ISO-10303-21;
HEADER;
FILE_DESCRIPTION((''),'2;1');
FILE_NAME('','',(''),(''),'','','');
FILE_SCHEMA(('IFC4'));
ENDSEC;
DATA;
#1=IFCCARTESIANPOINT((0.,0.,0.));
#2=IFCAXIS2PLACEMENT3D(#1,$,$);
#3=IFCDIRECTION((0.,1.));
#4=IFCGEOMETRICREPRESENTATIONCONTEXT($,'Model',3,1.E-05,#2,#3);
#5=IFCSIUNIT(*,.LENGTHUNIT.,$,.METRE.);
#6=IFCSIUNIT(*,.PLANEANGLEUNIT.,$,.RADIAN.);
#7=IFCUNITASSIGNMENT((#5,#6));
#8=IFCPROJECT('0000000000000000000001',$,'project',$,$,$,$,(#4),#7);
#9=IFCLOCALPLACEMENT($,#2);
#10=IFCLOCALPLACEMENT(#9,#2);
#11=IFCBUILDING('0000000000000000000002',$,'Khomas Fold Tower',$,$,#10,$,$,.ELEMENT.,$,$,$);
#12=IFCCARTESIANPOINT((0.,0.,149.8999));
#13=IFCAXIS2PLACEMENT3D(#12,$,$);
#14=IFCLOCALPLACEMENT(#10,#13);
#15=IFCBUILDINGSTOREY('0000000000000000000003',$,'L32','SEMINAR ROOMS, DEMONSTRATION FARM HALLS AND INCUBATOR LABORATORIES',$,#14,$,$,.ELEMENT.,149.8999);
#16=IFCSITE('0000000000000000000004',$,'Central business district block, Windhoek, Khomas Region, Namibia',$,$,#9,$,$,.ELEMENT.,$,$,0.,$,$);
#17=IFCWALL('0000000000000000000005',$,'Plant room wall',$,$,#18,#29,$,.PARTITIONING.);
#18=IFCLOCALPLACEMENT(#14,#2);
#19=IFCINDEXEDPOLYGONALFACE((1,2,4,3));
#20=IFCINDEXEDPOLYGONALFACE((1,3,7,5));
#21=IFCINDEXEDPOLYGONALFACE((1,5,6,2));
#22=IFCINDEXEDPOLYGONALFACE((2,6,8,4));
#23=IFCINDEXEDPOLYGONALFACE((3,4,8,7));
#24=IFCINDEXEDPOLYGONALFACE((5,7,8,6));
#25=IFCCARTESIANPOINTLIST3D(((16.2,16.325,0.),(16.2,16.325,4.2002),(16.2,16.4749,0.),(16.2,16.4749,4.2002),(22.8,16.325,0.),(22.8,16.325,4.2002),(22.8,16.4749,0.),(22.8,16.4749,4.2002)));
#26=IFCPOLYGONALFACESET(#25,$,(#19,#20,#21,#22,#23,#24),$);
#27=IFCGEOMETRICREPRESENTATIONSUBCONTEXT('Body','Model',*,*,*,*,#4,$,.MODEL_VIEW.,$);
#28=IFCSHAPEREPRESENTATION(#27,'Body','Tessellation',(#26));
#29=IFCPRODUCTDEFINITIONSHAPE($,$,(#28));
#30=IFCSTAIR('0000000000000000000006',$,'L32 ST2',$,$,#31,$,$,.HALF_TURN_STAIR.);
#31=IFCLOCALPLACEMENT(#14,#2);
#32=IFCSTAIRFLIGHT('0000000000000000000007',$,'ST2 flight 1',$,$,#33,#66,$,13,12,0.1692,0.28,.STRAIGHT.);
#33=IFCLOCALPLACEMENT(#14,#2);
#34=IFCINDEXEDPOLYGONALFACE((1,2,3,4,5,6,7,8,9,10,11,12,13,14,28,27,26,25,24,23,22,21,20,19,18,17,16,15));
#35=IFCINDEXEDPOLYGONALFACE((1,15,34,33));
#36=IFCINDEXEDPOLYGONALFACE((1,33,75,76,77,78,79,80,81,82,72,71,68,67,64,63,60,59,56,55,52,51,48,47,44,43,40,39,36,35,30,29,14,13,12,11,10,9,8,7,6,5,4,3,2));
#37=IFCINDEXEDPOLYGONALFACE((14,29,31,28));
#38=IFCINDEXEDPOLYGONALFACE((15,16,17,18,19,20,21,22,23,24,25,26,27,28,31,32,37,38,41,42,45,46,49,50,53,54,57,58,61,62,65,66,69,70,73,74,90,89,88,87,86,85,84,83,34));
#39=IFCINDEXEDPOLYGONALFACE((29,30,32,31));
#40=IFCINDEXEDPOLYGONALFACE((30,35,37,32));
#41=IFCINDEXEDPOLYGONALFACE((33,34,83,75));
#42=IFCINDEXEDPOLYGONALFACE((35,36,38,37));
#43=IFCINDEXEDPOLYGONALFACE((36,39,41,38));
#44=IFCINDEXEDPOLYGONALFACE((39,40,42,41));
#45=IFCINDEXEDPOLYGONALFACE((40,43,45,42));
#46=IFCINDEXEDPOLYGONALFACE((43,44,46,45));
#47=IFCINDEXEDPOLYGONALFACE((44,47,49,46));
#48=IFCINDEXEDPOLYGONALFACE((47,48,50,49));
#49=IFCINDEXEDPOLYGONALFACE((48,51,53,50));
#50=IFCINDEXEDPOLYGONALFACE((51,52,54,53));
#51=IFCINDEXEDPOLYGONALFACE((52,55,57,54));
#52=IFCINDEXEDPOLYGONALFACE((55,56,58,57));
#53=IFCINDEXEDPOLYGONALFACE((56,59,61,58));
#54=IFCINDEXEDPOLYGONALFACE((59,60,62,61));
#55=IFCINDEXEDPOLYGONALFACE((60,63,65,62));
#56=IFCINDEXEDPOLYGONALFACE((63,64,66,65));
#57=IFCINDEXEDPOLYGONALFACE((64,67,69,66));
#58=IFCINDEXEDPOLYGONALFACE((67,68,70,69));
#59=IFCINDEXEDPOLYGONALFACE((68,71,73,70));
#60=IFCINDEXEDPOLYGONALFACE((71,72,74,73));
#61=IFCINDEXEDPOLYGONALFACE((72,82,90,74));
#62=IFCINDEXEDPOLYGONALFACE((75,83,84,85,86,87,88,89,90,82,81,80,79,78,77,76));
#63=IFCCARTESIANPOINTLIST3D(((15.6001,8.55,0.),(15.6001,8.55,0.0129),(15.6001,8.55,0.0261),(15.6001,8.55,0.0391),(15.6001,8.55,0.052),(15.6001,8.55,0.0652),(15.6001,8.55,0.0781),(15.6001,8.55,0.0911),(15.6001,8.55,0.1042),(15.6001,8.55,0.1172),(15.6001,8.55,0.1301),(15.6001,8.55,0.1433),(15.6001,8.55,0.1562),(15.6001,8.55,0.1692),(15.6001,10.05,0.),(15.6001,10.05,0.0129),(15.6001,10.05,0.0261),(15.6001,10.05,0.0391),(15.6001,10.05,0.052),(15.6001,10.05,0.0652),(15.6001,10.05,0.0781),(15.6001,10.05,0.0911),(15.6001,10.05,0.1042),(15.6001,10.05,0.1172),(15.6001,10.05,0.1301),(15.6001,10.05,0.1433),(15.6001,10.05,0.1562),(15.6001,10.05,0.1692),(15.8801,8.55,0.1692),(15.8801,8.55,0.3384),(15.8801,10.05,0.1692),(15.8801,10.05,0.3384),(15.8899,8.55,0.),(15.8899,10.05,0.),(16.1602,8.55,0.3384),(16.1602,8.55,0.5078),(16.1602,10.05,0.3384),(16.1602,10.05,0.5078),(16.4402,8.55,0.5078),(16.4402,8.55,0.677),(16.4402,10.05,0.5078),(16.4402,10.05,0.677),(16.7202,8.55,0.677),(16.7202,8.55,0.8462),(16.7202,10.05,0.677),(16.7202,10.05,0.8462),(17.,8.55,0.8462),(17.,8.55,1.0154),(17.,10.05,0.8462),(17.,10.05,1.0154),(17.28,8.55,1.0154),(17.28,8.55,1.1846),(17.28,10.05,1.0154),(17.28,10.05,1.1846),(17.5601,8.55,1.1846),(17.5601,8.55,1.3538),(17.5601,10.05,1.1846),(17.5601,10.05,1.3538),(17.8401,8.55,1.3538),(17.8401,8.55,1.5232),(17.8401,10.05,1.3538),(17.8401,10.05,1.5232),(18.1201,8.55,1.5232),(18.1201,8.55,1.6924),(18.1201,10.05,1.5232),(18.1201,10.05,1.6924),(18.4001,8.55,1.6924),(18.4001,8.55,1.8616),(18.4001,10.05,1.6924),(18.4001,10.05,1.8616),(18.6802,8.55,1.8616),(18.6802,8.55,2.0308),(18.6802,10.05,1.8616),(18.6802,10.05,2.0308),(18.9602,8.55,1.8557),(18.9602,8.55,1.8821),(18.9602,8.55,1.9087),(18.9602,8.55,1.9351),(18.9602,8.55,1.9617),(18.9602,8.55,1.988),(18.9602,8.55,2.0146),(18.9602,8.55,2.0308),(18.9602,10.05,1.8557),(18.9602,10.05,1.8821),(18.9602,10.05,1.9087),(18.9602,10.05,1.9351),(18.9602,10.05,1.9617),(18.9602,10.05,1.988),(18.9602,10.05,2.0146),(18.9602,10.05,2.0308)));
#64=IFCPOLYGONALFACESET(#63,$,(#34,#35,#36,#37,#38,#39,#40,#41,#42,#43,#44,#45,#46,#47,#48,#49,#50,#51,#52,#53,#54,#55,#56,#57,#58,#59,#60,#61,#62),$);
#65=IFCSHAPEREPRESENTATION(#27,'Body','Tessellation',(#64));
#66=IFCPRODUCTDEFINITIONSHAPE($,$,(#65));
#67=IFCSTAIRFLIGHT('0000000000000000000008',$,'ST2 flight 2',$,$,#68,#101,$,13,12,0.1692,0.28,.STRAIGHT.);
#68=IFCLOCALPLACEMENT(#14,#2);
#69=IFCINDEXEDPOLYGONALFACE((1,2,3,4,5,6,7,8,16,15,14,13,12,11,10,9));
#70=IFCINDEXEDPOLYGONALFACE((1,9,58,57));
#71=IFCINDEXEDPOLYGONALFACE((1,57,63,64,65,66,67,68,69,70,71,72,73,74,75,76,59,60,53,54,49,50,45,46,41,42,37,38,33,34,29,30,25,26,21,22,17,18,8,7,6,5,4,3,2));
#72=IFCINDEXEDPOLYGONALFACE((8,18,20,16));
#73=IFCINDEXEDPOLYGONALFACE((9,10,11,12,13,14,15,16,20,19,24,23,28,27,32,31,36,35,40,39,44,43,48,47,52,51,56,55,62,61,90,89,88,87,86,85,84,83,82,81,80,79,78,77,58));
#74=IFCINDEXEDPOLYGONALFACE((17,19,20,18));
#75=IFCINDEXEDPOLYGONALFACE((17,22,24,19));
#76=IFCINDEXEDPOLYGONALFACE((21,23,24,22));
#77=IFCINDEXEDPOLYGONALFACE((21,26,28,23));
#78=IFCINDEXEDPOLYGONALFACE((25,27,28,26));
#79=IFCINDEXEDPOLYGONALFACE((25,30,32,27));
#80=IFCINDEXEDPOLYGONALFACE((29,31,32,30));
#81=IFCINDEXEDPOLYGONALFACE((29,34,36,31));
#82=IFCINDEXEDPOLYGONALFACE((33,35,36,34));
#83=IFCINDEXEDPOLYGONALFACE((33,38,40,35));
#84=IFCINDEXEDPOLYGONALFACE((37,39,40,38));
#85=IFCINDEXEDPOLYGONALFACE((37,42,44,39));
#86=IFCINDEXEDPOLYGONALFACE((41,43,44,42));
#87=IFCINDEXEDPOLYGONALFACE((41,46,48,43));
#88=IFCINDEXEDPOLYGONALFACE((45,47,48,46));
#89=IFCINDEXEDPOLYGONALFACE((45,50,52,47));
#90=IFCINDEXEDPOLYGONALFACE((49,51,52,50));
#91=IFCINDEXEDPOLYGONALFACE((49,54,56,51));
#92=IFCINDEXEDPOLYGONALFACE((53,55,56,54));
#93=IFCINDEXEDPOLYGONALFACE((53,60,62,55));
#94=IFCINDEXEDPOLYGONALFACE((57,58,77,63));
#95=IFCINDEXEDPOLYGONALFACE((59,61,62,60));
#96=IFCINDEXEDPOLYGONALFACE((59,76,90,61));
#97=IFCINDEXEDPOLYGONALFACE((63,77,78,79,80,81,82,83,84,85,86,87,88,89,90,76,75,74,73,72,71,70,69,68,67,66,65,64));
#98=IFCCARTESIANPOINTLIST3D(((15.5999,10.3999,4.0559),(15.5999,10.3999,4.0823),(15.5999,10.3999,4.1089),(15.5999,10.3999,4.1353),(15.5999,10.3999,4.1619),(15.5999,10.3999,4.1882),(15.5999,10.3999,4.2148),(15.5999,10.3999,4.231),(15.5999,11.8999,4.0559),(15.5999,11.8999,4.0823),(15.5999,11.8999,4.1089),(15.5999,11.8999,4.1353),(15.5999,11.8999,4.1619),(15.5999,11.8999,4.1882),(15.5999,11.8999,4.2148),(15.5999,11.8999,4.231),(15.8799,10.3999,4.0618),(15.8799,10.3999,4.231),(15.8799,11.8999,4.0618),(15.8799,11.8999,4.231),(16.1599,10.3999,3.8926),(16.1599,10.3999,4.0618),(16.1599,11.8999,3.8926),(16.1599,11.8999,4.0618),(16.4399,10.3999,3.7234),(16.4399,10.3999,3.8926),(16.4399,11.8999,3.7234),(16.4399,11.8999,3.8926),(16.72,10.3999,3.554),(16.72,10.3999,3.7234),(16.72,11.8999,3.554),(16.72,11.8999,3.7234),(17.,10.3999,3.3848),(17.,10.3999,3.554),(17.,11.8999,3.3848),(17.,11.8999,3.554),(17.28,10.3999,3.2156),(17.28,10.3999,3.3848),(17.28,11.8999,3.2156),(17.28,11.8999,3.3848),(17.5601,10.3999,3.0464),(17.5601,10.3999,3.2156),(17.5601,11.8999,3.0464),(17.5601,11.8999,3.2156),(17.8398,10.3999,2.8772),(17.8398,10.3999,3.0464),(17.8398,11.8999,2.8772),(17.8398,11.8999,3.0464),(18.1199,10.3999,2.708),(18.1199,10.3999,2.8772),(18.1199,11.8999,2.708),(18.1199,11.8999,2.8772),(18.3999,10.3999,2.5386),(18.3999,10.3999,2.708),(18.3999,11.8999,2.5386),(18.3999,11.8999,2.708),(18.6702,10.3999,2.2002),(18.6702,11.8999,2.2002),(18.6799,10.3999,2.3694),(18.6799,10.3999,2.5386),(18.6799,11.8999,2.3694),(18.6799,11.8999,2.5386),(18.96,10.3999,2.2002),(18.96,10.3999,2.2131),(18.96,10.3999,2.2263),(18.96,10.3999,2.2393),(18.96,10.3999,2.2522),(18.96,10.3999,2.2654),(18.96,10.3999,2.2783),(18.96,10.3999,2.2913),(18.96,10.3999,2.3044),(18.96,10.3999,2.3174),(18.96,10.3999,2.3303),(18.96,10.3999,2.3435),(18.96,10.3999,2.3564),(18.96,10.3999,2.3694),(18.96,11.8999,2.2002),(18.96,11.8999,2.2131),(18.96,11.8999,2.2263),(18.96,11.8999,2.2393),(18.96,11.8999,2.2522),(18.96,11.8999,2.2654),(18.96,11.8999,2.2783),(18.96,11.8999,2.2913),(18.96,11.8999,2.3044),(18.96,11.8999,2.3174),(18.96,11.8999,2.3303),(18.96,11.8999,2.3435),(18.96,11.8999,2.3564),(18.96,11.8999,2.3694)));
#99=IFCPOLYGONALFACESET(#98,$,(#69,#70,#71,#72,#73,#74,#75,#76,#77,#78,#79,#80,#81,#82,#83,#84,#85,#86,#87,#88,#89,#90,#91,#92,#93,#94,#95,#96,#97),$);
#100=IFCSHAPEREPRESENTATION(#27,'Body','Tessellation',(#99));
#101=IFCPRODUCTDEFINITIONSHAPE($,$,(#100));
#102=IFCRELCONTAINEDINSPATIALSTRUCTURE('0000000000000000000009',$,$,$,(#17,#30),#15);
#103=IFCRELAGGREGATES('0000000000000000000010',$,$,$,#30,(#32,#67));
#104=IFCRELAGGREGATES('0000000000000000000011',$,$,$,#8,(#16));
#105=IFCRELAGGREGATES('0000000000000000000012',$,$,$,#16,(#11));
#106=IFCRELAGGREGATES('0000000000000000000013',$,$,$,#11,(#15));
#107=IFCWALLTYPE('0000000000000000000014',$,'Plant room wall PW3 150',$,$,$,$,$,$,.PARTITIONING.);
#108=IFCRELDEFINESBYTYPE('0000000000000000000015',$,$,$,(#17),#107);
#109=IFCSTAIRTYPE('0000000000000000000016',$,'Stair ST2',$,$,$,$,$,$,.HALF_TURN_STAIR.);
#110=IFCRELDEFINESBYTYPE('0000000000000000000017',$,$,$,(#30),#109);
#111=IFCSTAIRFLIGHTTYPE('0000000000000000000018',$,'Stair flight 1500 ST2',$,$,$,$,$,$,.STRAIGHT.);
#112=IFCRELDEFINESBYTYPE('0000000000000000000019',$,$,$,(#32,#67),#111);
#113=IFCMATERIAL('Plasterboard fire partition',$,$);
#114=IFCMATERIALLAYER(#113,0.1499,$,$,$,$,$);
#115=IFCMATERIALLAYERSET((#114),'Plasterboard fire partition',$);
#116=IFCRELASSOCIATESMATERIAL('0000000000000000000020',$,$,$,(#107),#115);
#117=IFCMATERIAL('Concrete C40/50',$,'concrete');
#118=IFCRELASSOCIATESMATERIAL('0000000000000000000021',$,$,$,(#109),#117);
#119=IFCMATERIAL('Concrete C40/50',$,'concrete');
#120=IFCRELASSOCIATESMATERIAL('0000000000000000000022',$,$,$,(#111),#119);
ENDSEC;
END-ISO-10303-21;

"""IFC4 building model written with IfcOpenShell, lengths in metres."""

from ifc_helpers import new_model, si_unit, direction, frame, frame_2d, origin, place, context, subcontext, project, spatial, polyline, rectangle, outline, extrude, source, transform, mapped, material, layer, layer_set, type_object, element, aggregate, save


model = new_model("IFC4")

# Units and contexts
model_context = context("Model", 3, precision=1e-05, world=origin(), true_north=direction((0.0, 1.0)))
body_context = subcontext(model_context, "Body", "Model", "MODEL_VIEW")
ifc_project = project(units=[si_unit("LENGTHUNIT", "METRE"), si_unit("PLANEANGLEUNIT", "RADIAN")], contexts=[model_context])

# Site, building, storey
site_placement = place(None, origin())
site = spatial("IfcSite", under=ifc_project, at=site_placement, Name="Central business district block, Windhoek, Khomas Region, Namibia", CompositionType="ELEMENT", RefElevation=0.0)
building_placement = place(site_placement, origin())
building = spatial("IfcBuilding", under=site, at=building_placement, Name="Khomas Fold Tower", CompositionType="ELEMENT")
storey_placement = place(building_placement, frame((0.0, 0.0, 149.8999)))
storey = spatial("IfcBuildingStorey", under=building, at=storey_placement, Name="L32", Description="SEMINAR ROOMS, DEMONSTRATION FARM HALLS AND INCUBATOR LABORATORIES", CompositionType="ELEMENT", Elevation=149.8999)

# Wall
ifc_material_1 = material(Name="Plasterboard fire partition")
ifc_layer_1 = layer(ifc_material_1, 0.1499)
ifc_layer_set_1 = layer_set([ifc_layer_1], Name="Plasterboard fire partition")
wall_type_1 = type_object("IfcWallType", Name="Plant room wall PW3 150", PredefinedType="PARTITIONING", material=ifc_layer_set_1)
shared_shape_1 = source(origin(), body_context, "Body", "SweptSolid", [
    extrude(rectangle(XDim=6.6001, YDim=0.1499, at=frame_2d((3.3, 0.0))), origin(), (0.0, 0.0, 1.0), 4.2002),
])
wall_1_placement = place(storey_placement, frame((16.2, 16.3999, 0.0), z_axis=(0.0, 0.0, 1.0), x_axis=(1.0, 0.0, 0.0)))
element("IfcWall", 1, at=wall_1_placement, inside=storey, type_object=wall_type_1, Name="Plant room wall", PredefinedType="PARTITIONING", context=body_context, shape_type="MappedRepresentation", body=[
    mapped(shared_shape_1, transform((0.0, 0.0, 0.0))),
])

# Stair, stair flights
ifc_material_2 = material(Name="Concrete C40/50", Category="concrete")
stair_type = type_object("IfcStairType", Name="Stair ST2", PredefinedType="HALF_TURN_STAIR", material=ifc_material_2)
stair_placement = place(storey_placement, origin())
stair = element("IfcStair", 2, at=stair_placement, inside=storey, type_object=stair_type, Name="L32 ST2", PredefinedType="HALF_TURN_STAIR")
ifc_material_3 = material(Name="Concrete C40/50", Category="concrete")
stair_flight_type = type_object("IfcStairFlightType", Name="Stair flight 1500 ST2", PredefinedType="STRAIGHT", material=ifc_material_3)
shared_shape_2 = source(origin(), body_context, "Body", "SweptSolid", [
    extrude(outline(polyline([(0.0, 0.0), (0.0, 0.0129), (0.0, 0.0261), (0.0, 0.0391), (0.0, 0.052), (0.0, 0.0652), (0.0, 0.0781), (0.0, 0.0911), (0.0, 0.1042), (0.0, 0.1172), (0.0, 0.1301), (0.0, 0.1433), (0.0, 0.1562), (0.0, 0.1692), (0.28, 0.1692), (0.28, 0.3384), (0.5601, 0.3384), (0.5601, 0.5078), (0.8401, 0.5078), (0.8401, 0.677), (1.1201, 0.677), (1.1201, 0.8462), (1.3999, 0.8462), (1.3999, 1.0154), (1.6799, 1.0154), (1.6799, 1.1846), (1.96, 1.1846), (1.96, 1.3538), (2.24, 1.3538), (2.24, 1.5232), (2.52, 1.5232), (2.52, 1.6924), (2.8, 1.6924), (2.8, 1.8616), (3.0801, 1.8616), (3.0801, 2.0308), (3.3601, 2.0308), (3.3601, 2.2), (3.3601, 2.1736), (3.3601, 2.147), (3.3601, 2.1206), (3.3601, 2.094), (3.3601, 2.0676), (3.3601, 2.041), (3.3601, 2.0146), (3.3601, 1.988), (3.3601, 1.9617), (3.3601, 1.9351), (3.3601, 1.9087), (3.3601, 1.8821), (3.3601, 1.8557), (0.2898, 0.0), (0.0, 0.0)])), frame((0.0, 0.75, 0.0), z_axis=(0.0, -1.0, 0.0), x_axis=(1.0, 0.0, 0.0)), (0.0, 0.0, 1.0), 1.5),
])
stair_flight_1_placement = place(storey_placement, frame((15.6001, 9.3, 0.0), z_axis=(0.0, 0.0, 1.0), x_axis=(1.0, 0.0, 0.0)))
stair_flight_1 = element("IfcStairFlight", 3, at=stair_flight_1_placement, type_object=stair_flight_type, Name="ST2 flight 1", NumberOfRisers=13, NumberOfTreads=12, PredefinedType="STRAIGHT", RiserHeight=0.1692, TreadLength=0.28, context=body_context, shape_type="MappedRepresentation", body=[
    mapped(shared_shape_2, transform((0.0, 0.0, 0.0))),
])
stair_flight_2_placement = place(storey_placement, frame((18.96, 11.1499, 2.2002), z_axis=(0.0, 0.0, 1.0), x_axis=(-1.0, 0.0, 0.0)))
stair_flight_2 = element("IfcStairFlight", 4, at=stair_flight_2_placement, type_object=stair_flight_type, Name="ST2 flight 2", NumberOfRisers=13, NumberOfTreads=12, PredefinedType="STRAIGHT", RiserHeight=0.1692, TreadLength=0.28, context=body_context, shape_type="MappedRepresentation", body=[
    mapped(shared_shape_2, transform((0.0, 0.0, 0.0))),
])
aggregate(stair, [stair_flight_1, stair_flight_2])

save(model, "model.ifc")
